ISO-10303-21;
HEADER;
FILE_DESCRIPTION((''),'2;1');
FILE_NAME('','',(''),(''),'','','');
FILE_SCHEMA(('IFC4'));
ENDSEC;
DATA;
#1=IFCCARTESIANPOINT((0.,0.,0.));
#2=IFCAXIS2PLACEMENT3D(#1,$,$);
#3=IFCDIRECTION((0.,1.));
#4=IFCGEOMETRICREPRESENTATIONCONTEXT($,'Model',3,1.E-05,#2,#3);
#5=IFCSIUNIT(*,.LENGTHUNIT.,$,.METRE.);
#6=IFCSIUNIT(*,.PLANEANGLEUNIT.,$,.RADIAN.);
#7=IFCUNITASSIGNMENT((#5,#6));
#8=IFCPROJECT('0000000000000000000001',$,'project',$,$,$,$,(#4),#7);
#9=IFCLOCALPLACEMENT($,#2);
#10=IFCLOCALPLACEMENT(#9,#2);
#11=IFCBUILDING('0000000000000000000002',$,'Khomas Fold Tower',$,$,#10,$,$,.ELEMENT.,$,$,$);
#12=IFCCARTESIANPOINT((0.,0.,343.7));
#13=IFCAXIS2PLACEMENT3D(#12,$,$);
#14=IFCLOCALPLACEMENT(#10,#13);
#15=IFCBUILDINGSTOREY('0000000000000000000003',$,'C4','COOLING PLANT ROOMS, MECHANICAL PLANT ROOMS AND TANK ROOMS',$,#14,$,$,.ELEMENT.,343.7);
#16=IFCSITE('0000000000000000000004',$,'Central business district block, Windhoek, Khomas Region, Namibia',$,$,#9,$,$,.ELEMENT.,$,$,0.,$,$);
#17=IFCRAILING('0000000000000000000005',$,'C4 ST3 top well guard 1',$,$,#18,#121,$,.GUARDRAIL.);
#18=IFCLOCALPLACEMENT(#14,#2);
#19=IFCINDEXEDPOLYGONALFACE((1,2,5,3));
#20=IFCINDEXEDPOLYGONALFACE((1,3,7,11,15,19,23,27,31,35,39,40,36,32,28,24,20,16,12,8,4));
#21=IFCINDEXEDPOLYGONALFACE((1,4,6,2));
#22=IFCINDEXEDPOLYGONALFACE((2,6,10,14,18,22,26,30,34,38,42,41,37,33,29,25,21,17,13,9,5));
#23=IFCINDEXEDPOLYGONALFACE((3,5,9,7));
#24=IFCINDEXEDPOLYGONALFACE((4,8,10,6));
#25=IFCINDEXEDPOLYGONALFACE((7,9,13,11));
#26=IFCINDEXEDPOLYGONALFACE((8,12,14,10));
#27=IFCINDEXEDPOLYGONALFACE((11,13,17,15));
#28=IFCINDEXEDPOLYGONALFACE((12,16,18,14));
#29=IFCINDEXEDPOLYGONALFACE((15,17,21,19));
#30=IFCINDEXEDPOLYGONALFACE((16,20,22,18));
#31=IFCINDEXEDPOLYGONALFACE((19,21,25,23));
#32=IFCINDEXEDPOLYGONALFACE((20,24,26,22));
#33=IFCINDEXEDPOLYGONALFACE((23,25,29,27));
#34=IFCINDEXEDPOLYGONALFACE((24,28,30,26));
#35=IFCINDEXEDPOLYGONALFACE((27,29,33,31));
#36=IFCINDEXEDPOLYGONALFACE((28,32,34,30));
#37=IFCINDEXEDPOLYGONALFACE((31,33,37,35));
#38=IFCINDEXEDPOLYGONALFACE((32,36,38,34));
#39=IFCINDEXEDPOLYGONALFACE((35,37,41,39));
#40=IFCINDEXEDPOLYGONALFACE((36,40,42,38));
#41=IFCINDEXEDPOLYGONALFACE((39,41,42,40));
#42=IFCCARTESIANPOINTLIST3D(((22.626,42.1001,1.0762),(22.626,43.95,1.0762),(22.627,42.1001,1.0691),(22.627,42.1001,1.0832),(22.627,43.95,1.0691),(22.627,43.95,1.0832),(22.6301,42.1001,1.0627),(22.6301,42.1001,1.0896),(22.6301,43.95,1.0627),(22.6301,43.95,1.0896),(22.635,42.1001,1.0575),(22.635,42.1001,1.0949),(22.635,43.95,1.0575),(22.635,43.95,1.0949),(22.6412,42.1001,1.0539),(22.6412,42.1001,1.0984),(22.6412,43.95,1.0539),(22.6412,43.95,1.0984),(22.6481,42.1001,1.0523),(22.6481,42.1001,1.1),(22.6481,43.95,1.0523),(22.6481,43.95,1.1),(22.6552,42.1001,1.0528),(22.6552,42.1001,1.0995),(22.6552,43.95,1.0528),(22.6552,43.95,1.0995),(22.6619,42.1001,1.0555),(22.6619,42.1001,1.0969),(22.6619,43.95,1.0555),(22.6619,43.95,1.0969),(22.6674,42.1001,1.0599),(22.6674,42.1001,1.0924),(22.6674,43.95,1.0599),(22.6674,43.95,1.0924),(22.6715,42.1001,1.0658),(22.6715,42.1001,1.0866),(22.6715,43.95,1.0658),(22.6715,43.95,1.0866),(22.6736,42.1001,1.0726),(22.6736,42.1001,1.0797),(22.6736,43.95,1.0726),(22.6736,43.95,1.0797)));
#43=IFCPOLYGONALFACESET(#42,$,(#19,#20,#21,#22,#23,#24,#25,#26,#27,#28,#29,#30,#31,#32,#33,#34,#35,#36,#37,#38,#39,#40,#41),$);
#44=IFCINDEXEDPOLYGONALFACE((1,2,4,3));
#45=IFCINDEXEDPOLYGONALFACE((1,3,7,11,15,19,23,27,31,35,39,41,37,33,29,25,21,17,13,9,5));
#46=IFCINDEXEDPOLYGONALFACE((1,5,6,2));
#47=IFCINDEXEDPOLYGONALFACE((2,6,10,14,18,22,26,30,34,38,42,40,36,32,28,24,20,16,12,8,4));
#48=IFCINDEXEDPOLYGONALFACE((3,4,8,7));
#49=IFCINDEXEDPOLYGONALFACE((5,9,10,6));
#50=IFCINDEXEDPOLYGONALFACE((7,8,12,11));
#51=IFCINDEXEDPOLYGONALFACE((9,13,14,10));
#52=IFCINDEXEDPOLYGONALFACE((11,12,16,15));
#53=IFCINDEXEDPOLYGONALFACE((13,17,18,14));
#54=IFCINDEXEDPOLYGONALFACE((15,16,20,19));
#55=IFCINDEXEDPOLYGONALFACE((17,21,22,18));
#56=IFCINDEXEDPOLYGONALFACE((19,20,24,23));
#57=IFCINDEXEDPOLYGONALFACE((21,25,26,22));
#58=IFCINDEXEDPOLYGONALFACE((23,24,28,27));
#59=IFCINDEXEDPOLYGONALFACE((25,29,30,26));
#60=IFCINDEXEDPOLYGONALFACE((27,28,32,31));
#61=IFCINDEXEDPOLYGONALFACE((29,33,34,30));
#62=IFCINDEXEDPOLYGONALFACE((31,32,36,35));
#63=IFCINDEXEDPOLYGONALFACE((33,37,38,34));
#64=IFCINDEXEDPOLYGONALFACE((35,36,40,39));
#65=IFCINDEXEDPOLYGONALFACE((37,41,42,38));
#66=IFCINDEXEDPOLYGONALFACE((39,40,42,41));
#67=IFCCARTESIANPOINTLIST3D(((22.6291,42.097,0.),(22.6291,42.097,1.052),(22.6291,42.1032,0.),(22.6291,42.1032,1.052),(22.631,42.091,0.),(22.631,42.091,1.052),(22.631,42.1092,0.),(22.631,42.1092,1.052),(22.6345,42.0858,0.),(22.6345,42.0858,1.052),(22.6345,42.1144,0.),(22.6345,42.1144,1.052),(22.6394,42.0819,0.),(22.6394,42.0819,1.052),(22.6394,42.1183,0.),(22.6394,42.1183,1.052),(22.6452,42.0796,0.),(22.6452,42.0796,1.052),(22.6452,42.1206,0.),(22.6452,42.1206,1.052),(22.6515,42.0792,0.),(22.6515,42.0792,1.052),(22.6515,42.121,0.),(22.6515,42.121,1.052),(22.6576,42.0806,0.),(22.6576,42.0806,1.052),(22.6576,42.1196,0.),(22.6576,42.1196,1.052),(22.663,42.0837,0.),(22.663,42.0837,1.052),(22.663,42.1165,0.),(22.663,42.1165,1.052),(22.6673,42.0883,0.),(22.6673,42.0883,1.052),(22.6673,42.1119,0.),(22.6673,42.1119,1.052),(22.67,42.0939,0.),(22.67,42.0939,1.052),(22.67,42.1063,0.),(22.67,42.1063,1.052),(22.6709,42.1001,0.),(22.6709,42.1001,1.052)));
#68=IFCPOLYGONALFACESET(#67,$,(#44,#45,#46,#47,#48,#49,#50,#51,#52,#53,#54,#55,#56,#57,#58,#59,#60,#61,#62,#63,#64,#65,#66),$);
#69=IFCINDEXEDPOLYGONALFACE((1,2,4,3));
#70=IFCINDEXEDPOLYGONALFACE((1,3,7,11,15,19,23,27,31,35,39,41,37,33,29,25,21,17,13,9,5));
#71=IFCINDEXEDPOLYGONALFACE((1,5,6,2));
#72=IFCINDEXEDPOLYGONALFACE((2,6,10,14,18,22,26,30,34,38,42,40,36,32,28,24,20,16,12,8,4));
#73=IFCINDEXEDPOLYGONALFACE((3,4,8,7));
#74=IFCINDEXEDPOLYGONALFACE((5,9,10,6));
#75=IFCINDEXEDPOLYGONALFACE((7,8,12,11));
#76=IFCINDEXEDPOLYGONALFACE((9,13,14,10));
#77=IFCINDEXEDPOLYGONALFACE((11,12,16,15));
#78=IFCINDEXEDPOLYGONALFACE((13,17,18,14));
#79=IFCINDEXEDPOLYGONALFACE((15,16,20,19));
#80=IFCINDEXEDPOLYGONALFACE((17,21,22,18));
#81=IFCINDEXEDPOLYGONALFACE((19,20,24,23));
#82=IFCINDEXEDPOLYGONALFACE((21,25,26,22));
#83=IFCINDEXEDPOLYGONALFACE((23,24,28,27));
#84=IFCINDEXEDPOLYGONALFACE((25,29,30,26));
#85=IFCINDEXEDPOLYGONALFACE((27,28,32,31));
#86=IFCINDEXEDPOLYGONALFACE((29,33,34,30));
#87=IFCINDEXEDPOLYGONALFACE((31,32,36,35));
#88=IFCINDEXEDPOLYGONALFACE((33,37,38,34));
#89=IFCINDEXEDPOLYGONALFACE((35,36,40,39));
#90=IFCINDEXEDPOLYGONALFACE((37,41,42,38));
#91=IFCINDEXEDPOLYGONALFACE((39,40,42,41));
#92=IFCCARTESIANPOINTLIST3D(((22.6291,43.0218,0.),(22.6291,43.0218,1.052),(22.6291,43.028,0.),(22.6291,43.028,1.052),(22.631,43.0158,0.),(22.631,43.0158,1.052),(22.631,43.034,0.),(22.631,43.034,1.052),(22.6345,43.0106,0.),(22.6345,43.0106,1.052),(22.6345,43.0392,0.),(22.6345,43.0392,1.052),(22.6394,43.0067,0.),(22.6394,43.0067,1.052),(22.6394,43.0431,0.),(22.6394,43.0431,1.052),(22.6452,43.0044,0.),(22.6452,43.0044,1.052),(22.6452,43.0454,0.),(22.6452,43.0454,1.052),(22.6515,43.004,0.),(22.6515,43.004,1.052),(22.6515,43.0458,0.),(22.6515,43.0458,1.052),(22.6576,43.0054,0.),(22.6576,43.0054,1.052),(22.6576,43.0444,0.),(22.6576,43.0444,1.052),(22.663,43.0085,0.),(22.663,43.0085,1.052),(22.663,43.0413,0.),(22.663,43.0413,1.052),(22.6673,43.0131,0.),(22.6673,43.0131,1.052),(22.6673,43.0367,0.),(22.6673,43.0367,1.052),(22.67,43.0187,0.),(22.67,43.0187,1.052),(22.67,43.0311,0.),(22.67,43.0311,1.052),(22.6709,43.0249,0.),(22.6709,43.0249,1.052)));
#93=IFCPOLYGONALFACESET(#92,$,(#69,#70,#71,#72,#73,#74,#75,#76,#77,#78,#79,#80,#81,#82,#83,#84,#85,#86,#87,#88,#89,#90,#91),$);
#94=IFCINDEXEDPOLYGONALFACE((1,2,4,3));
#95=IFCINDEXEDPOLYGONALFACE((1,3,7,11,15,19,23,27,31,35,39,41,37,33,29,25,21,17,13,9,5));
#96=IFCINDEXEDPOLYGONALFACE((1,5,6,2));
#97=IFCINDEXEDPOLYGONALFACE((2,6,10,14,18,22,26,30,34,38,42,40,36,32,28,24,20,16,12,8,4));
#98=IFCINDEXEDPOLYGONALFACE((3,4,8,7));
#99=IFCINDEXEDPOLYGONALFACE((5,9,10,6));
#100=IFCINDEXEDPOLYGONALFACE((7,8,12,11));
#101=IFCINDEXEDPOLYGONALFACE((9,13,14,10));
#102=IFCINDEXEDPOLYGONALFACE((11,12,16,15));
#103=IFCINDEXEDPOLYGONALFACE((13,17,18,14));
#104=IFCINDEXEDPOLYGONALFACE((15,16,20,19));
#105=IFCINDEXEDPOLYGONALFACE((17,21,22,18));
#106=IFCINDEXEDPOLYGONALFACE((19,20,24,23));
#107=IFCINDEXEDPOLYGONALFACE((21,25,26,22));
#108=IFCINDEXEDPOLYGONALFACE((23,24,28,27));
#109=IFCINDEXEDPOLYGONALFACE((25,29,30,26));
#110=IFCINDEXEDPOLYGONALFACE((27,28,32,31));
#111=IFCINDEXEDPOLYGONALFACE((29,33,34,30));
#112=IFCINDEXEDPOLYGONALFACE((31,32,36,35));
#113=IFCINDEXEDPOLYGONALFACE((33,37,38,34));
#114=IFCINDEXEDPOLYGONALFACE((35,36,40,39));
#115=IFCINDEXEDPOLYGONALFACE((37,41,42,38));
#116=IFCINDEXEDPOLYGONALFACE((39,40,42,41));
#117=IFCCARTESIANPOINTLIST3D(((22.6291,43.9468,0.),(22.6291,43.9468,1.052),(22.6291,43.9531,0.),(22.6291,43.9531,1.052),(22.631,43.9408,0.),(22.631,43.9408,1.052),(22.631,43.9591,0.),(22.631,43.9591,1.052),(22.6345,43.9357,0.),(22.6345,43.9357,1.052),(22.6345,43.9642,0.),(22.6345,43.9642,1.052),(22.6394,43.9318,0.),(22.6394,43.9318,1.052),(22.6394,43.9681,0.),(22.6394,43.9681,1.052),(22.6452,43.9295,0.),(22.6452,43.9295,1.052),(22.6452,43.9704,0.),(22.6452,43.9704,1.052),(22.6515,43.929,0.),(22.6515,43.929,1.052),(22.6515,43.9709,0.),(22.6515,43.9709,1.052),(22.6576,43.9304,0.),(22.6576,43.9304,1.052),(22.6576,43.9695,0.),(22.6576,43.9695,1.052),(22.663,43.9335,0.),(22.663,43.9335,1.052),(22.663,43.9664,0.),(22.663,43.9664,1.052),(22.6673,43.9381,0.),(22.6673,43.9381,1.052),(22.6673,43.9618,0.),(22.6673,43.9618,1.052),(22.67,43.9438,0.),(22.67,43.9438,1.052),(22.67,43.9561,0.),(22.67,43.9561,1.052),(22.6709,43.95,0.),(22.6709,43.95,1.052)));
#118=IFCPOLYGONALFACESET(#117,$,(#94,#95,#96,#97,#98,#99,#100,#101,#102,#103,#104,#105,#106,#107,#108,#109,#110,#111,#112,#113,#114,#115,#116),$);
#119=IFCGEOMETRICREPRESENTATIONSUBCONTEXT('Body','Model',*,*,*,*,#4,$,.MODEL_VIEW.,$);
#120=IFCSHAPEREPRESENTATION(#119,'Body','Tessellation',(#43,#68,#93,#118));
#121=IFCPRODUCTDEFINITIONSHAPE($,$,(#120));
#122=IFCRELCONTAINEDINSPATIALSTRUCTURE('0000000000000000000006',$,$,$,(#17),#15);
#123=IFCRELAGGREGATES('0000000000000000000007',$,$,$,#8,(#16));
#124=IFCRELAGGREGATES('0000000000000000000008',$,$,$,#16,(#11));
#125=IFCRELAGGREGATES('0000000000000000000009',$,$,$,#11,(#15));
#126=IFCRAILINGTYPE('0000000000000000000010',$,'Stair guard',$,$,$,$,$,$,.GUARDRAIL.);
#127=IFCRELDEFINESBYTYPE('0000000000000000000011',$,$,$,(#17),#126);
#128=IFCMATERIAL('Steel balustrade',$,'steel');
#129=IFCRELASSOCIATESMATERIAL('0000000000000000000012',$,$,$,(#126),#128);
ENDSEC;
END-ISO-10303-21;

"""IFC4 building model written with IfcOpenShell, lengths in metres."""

from ifc_helpers import new_model, si_unit, direction, frame, origin, origin_2d, place, context, subcontext, project, spatial, circle, extrude, source, transform, mapped, material, type_object, element, save


model = new_model("IFC4")

# Units and contexts
model_context = context("Model", 3, precision=1e-05, world=origin(), true_north=direction((0.0, 1.0)))
body_context = subcontext(model_context, "Body", "Model", "MODEL_VIEW")
ifc_project = project(units=[si_unit("LENGTHUNIT", "METRE"), si_unit("PLANEANGLEUNIT", "RADIAN")], contexts=[model_context])

# Site, building, storey
site_placement = place(None, origin())
site = spatial("IfcSite", under=ifc_project, at=site_placement, Name="Central business district block, Windhoek, Khomas Region, Namibia", CompositionType="ELEMENT", RefElevation=0.0)
building_placement = place(site_placement, origin())
building = spatial("IfcBuilding", under=site, at=building_placement, Name="Khomas Fold Tower", CompositionType="ELEMENT")
storey_placement = place(building_placement, frame((0.0, 0.0, 343.7)))
storey = spatial("IfcBuildingStorey", under=building, at=storey_placement, Name="C4", Description="COOLING PLANT ROOMS, MECHANICAL PLANT ROOMS AND TANK ROOMS", CompositionType="ELEMENT", Elevation=343.7)

# Railing
ifc_material_1 = material(Name="Steel balustrade", Category="steel")
railing_type_1 = type_object("IfcRailingType", Name="Stair guard", PredefinedType="GUARDRAIL", material=ifc_material_1)
shared_shape_1 = source(origin(), body_context, "Body", "SweptSolid", [
    extrude(circle(Radius=0.0239, at=origin_2d()), frame((0.0, 0.0, 1.0762), z_axis=(0.0, 1.0, 0.0), x_axis=(-1.0, 0.0, 0.0)), (0.0, 0.0, 1.0), 1.8499),
    extrude(circle(Radius=0.021, at=origin_2d()), origin(), (0.0, 0.0, 1.0), 1.052),
    extrude(circle(Radius=0.021, at=origin_2d()), frame((0.0, 0.9248, 0.0)), (0.0, 0.0, 1.0), 1.052),
    extrude(circle(Radius=0.021, at=origin_2d()), frame((0.0, 1.8499, 0.0)), (0.0, 0.0, 1.0), 1.052),
])
railing_1_placement = place(storey_placement, frame((22.6499, 42.1001, 0.0)))
element("IfcRailing", 1, at=railing_1_placement, inside=storey, type_object=railing_type_1, Name="C4 ST3 top well guard 1", PredefinedType="GUARDRAIL", context=body_context, shape_type="MappedRepresentation", body=[
    mapped(shared_shape_1, transform((0.0, 0.0, 0.0))),
])

save(model, "model.ifc")
